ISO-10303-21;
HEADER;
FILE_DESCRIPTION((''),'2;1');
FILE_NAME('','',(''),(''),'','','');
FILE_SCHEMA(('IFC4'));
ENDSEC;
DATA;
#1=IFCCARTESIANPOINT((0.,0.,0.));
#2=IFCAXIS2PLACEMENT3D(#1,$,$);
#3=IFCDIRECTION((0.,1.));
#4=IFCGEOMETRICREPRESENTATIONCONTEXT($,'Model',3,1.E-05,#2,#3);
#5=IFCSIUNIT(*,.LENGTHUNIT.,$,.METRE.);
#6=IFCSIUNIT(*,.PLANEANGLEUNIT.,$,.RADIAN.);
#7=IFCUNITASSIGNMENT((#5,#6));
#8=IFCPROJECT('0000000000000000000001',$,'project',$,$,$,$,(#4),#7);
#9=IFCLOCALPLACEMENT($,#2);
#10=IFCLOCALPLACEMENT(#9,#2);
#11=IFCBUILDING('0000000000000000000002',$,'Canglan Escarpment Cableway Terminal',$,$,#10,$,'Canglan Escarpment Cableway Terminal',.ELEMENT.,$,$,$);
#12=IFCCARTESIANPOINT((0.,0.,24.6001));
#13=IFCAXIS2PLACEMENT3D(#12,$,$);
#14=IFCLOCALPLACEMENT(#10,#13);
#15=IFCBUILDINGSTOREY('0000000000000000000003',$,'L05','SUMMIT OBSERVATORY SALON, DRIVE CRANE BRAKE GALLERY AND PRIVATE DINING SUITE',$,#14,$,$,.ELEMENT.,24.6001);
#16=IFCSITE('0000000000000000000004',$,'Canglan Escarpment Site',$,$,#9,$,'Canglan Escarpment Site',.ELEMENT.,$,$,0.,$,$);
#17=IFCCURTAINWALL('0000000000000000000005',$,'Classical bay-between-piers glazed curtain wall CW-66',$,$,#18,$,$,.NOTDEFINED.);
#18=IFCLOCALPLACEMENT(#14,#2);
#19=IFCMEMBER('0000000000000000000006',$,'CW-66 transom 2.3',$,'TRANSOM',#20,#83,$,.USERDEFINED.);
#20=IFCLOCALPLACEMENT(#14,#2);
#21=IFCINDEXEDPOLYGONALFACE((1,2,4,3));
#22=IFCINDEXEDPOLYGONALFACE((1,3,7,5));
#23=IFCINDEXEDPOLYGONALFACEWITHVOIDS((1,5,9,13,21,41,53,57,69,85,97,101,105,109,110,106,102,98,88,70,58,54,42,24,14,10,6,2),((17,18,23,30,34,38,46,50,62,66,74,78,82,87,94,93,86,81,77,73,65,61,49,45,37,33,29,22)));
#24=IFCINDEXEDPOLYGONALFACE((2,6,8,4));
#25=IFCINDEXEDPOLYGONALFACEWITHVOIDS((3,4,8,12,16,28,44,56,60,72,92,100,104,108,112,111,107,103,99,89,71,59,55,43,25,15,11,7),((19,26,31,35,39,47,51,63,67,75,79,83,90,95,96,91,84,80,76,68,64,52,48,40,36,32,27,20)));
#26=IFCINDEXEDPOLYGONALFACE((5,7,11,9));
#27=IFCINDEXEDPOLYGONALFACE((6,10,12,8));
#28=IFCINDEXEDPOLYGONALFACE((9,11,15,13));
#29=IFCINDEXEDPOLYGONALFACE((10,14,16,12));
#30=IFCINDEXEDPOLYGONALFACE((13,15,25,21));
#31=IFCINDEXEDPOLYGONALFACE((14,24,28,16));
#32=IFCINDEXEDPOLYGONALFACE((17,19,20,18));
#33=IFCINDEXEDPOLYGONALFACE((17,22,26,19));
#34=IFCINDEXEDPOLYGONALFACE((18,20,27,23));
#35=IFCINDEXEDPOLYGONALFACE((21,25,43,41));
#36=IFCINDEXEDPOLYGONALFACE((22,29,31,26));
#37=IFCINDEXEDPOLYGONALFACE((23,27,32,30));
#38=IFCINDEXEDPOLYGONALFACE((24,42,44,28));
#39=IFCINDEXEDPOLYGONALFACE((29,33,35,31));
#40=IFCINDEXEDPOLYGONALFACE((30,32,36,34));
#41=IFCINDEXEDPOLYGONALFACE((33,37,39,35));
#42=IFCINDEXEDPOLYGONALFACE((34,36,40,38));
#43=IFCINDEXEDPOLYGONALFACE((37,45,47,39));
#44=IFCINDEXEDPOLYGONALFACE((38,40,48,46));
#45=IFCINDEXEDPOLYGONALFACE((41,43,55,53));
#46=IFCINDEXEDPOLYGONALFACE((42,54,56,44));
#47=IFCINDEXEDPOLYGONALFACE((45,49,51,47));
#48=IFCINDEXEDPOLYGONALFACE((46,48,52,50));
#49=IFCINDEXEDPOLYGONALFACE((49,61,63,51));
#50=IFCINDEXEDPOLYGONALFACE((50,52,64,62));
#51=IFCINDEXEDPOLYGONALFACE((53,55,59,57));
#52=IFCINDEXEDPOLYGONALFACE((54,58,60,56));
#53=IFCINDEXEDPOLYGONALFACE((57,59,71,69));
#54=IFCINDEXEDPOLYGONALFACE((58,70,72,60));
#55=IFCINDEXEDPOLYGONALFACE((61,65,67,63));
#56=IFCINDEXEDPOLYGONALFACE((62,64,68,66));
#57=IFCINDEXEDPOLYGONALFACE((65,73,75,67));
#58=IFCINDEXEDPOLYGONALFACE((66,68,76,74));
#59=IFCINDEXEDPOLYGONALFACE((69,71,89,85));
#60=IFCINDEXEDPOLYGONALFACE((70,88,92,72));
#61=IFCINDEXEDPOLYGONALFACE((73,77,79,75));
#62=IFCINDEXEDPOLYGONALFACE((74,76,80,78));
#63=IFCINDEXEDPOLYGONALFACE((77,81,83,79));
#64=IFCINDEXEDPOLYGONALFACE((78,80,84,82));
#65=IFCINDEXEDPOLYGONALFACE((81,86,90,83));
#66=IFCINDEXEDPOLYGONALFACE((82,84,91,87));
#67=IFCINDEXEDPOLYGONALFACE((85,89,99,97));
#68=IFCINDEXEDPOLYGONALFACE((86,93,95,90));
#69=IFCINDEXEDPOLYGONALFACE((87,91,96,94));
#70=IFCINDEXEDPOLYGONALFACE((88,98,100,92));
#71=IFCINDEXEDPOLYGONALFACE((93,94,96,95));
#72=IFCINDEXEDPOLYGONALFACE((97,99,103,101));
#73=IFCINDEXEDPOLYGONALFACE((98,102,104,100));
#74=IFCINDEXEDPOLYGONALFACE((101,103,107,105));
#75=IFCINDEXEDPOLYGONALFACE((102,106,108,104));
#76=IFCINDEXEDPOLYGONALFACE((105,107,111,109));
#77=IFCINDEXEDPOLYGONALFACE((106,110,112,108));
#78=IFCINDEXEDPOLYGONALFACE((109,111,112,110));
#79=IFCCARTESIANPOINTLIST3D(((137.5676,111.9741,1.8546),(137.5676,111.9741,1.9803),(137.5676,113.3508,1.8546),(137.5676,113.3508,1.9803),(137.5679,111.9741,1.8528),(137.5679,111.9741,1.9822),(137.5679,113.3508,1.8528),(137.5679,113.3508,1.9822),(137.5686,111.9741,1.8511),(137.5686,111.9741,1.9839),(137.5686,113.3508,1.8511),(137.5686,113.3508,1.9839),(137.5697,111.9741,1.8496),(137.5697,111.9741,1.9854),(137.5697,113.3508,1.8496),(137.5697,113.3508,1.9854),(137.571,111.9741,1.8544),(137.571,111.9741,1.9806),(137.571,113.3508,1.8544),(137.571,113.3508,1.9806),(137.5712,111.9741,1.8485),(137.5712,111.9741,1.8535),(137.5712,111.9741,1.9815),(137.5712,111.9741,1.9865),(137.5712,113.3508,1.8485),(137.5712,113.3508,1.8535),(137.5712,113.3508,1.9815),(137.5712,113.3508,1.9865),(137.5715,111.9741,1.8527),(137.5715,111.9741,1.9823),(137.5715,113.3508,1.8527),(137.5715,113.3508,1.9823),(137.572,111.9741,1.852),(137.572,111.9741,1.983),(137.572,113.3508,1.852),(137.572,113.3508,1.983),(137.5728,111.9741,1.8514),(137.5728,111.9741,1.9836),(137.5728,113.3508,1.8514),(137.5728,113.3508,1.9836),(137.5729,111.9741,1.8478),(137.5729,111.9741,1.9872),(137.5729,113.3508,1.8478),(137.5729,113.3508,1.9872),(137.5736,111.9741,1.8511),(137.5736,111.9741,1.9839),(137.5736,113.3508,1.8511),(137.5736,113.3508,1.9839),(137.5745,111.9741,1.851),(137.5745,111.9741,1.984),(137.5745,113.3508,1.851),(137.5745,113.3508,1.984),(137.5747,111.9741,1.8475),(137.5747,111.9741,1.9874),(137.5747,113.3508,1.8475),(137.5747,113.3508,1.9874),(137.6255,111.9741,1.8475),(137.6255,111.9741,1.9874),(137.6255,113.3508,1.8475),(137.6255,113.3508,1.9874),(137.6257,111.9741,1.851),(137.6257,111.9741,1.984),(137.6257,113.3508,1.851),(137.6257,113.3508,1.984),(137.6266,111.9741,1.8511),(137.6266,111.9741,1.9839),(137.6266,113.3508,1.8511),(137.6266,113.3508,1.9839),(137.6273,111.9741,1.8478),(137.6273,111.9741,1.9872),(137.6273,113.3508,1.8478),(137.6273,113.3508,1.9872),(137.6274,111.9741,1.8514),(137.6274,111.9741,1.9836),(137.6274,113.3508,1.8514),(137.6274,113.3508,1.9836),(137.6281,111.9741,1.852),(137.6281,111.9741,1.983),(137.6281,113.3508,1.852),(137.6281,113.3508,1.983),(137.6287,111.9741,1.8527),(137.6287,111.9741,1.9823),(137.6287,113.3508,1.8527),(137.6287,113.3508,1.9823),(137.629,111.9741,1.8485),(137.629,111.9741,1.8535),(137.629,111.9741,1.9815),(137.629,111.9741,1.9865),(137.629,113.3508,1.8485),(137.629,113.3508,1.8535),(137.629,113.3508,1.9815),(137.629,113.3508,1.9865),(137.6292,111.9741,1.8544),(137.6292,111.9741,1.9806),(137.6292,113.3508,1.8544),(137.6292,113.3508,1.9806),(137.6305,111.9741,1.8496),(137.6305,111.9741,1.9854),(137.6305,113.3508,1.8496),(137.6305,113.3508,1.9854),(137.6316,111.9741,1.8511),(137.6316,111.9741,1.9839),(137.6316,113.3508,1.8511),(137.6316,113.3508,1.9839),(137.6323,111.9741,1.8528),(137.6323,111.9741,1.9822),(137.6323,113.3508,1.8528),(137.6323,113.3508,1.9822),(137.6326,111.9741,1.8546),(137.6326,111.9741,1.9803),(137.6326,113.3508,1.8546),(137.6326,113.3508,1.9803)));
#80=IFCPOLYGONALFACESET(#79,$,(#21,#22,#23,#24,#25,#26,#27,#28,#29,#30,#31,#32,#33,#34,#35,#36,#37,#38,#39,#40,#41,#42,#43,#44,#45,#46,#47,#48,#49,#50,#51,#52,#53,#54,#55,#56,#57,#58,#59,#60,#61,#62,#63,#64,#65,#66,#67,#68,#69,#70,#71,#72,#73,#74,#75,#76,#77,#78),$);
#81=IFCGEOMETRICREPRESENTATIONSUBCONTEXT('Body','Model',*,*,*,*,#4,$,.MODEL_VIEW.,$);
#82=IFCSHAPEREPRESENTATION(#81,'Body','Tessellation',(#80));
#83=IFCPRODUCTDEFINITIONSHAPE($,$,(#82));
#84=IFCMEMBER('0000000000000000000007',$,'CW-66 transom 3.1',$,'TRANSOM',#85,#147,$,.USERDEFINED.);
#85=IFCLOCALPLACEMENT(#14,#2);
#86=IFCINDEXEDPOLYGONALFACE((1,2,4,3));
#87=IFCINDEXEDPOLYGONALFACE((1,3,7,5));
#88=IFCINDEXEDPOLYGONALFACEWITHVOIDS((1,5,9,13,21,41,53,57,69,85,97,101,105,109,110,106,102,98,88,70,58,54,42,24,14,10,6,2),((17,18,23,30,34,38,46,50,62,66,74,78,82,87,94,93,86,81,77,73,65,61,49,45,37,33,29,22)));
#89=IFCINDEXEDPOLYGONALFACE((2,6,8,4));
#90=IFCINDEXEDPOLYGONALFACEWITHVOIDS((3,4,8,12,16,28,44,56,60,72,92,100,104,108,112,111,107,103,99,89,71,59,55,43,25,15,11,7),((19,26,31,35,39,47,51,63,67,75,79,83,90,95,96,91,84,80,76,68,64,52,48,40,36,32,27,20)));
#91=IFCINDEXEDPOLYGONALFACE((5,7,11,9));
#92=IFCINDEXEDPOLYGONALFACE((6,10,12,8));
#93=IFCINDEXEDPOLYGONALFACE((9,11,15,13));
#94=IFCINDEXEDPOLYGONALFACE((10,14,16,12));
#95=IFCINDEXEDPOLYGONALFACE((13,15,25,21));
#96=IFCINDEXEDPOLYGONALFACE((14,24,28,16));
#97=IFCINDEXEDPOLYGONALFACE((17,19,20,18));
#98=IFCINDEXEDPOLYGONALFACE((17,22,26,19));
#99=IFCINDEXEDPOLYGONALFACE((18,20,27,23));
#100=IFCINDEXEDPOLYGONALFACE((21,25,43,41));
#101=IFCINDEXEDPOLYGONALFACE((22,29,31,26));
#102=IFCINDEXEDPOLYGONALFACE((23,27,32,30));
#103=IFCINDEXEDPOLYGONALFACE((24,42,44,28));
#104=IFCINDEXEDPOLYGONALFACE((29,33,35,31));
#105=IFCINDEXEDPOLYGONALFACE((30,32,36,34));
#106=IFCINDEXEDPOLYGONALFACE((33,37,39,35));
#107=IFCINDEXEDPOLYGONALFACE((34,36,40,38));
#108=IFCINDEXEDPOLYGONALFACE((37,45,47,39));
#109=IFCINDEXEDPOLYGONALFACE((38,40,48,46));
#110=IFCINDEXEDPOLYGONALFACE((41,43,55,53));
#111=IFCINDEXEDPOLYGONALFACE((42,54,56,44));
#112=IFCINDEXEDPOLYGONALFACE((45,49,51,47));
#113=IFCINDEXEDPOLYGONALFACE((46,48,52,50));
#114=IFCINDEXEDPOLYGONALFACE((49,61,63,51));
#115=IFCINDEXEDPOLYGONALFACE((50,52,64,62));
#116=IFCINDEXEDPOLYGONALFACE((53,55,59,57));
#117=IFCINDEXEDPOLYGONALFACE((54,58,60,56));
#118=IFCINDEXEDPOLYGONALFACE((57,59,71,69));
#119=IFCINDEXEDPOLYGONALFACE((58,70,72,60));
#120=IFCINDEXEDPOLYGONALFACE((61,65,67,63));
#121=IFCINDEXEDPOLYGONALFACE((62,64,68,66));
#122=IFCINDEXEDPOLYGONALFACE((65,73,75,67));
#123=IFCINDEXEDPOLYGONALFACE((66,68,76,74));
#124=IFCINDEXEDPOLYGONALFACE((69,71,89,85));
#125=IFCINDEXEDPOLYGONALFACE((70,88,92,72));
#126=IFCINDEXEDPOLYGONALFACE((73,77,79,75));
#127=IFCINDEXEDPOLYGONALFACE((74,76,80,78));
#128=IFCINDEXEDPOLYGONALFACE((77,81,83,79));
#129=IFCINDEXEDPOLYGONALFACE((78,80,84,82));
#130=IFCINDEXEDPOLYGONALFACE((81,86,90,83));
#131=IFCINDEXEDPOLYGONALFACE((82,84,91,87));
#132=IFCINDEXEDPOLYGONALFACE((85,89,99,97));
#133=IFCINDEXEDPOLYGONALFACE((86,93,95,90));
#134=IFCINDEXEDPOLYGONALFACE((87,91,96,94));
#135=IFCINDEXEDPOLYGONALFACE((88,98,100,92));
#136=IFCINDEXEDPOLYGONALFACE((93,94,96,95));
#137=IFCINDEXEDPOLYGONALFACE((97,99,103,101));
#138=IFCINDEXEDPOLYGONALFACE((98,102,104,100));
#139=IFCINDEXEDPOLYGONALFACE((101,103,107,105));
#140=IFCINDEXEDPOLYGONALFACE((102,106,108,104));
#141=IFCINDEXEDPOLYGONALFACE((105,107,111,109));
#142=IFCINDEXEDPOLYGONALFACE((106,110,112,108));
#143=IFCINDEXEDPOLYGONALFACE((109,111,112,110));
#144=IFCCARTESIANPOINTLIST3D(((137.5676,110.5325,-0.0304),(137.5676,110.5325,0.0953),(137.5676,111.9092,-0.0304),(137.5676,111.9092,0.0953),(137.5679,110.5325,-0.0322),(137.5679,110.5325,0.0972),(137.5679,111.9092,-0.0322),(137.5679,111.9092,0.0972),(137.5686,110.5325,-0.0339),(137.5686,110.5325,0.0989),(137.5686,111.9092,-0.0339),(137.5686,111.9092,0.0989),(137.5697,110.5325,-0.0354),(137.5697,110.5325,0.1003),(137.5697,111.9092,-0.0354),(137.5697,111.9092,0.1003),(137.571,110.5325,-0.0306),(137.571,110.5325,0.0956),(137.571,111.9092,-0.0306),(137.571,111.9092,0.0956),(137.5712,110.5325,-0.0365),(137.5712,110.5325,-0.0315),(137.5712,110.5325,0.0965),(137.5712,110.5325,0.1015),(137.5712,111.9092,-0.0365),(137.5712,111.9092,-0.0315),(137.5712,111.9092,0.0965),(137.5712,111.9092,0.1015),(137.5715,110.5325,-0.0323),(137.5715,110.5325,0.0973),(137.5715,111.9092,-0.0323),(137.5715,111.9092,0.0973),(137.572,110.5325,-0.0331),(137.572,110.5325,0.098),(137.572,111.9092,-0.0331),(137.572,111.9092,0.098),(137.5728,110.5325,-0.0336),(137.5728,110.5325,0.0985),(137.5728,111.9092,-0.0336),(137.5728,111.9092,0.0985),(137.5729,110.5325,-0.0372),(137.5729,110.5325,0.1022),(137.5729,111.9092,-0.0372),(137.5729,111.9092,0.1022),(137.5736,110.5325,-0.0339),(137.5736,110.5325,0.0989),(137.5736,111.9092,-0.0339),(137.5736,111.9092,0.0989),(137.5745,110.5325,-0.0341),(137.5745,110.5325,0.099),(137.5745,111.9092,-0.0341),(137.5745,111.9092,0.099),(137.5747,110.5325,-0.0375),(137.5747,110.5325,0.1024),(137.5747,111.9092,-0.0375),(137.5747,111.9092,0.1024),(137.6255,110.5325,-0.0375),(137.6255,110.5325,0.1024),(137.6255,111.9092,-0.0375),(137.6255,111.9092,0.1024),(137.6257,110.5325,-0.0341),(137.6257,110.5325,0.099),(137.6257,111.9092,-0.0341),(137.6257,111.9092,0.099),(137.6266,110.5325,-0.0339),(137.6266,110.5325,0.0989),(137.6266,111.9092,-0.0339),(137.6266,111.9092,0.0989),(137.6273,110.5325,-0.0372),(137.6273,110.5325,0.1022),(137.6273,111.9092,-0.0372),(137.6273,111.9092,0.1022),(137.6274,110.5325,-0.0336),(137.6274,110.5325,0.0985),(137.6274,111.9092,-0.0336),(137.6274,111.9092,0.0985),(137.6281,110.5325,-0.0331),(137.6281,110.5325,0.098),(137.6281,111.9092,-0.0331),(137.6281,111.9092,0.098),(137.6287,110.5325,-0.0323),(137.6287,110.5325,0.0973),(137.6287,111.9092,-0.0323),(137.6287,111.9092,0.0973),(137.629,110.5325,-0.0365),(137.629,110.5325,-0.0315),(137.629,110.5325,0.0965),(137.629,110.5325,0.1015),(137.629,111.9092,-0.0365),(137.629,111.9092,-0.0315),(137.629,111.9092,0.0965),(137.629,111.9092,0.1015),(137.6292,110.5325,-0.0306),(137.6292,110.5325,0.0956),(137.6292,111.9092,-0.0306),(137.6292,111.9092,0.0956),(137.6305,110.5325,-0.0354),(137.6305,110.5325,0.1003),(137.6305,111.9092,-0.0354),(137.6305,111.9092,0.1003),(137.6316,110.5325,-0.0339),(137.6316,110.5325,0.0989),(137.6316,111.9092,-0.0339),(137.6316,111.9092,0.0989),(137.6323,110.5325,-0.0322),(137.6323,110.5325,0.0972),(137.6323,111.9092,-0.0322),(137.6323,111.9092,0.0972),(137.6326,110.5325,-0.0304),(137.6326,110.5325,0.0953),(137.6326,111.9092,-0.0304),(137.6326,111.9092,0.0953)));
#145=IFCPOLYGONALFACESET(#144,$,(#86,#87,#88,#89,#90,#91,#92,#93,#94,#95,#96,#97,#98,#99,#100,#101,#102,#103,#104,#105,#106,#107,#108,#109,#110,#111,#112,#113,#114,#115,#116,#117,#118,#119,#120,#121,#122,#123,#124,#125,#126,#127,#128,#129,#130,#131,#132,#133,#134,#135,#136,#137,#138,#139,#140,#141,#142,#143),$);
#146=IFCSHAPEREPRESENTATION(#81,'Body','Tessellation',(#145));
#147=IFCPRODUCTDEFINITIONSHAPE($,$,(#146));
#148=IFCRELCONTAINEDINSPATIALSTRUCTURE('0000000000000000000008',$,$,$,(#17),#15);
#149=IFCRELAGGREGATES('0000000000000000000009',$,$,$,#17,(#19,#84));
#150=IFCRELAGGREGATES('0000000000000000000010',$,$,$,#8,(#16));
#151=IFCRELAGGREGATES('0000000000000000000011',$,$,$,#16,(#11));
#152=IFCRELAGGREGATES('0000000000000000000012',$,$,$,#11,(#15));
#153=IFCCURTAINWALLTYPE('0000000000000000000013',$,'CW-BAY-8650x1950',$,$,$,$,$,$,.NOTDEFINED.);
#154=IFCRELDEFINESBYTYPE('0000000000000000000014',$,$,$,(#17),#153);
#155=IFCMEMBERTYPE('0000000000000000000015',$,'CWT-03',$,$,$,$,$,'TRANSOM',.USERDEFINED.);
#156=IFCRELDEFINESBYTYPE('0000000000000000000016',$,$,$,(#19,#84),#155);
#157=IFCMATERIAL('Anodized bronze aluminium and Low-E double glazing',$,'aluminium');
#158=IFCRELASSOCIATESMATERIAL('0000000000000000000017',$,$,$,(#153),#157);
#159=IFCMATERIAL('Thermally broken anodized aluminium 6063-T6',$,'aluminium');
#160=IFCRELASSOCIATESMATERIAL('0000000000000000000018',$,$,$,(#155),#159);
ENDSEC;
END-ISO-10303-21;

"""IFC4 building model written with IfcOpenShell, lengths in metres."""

from ifc_helpers import new_model, si_unit, direction, frame, origin, origin_2d, place, context, subcontext, project, spatial, hollow_rectangle, extrude, material, material_profile, profile_set, type_object, element, aggregate, save


model = new_model("IFC4")

# Units and contexts
model_context = context("Model", 3, precision=1e-05, world=origin(), true_north=direction((0.0, 1.0)))
body_context = subcontext(model_context, "Body", "Model", "MODEL_VIEW")
ifc_project = project(units=[si_unit("LENGTHUNIT", "METRE"), si_unit("PLANEANGLEUNIT", "RADIAN")], contexts=[model_context])

# Site, building, storey
site_placement = place(None, origin())
site = spatial("IfcSite", under=ifc_project, at=site_placement, Name="Canglan Escarpment Site", LongName="Canglan Escarpment Site", CompositionType="ELEMENT", RefElevation=0.0)
building_placement = place(site_placement, origin())
building = spatial("IfcBuilding", under=site, at=building_placement, Name="Canglan Escarpment Cableway Terminal", LongName="Canglan Escarpment Cableway Terminal", CompositionType="ELEMENT")
storey_placement = place(building_placement, frame((0.0, 0.0, 24.6001)))
storey = spatial("IfcBuildingStorey", under=building, at=storey_placement, Name="L05", Description="SUMMIT OBSERVATORY SALON, DRIVE CRANE BRAKE GALLERY AND PRIVATE DINING SUITE", CompositionType="ELEMENT", Elevation=24.6001)

# Curtain wall, members
ifc_material_1 = material(Name="Anodized bronze aluminium and Low-E double glazing", Category="aluminium")
curtain_wall_type = type_object("IfcCurtainWallType", Name="CW-BAY-8650x1950", PredefinedType="NOTDEFINED", material=ifc_material_1)
curtain_wall_placement = place(storey_placement, origin())
curtain_wall = element("IfcCurtainWall", 1, at=curtain_wall_placement, inside=storey, type_object=curtain_wall_type, Name="Classical bay-between-piers glazed curtain wall CW-66", PredefinedType="NOTDEFINED")
ifc_material_2 = material(Name="Thermally broken anodized aluminium 6063-T6", Category="aluminium")
ifc_material_profile_1 = material_profile(ifc_material_2, hollow_rectangle(XDim=0.0649, YDim=0.1399, WallThickness=0.0034, InnerFilletRadius=0.0034, OuterFilletRadius=0.0071, at=origin_2d()), Name="ALU-TRAN 65x140x3.5")
ifc_profile_set_1 = profile_set([ifc_material_profile_1], Name="Thermally broken anodized aluminium 6063-T6")
member_type_1 = type_object("IfcMemberType", Name="CWT-03", ElementType="TRANSOM", PredefinedType="USERDEFINED", material=ifc_profile_set_1)
member_1_placement = place(storey_placement, frame((137.6001, 113.3508, 1.9175), z_axis=(0.0, -1.0, 0.0), x_axis=(1.0, 0.0, 0.0)))
member_1 = element("IfcMember", 2, at=member_1_placement, type_object=member_type_1, Name="CW-66 transom 2.3", ObjectType="TRANSOM", PredefinedType="USERDEFINED", context=body_context, shape_type="SweptSolid", body=[
    extrude(hollow_rectangle(XDim=0.0649, YDim=0.1399, WallThickness=0.0034, InnerFilletRadius=0.0034, OuterFilletRadius=0.0071, at=origin_2d()), origin(), (0.0, 0.0, 1.0), 1.3767),
])
member_2_placement = place(storey_placement, frame((137.6001, 111.9092, 0.0325), z_axis=(0.0, -1.0, 0.0), x_axis=(1.0, 0.0, 0.0)))
member_2 = element("IfcMember", 3, at=member_2_placement, type_object=member_type_1, Name="CW-66 transom 3.1", ObjectType="TRANSOM", PredefinedType="USERDEFINED", context=body_context, shape_type="SweptSolid", body=[
    extrude(hollow_rectangle(XDim=0.0649, YDim=0.1399, WallThickness=0.0034, InnerFilletRadius=0.0034, OuterFilletRadius=0.0071, at=origin_2d()), origin(), (0.0, 0.0, 1.0), 1.3767),
])

aggregate(curtain_wall, [member_1, member_2])

save(model, "model.ifc")
